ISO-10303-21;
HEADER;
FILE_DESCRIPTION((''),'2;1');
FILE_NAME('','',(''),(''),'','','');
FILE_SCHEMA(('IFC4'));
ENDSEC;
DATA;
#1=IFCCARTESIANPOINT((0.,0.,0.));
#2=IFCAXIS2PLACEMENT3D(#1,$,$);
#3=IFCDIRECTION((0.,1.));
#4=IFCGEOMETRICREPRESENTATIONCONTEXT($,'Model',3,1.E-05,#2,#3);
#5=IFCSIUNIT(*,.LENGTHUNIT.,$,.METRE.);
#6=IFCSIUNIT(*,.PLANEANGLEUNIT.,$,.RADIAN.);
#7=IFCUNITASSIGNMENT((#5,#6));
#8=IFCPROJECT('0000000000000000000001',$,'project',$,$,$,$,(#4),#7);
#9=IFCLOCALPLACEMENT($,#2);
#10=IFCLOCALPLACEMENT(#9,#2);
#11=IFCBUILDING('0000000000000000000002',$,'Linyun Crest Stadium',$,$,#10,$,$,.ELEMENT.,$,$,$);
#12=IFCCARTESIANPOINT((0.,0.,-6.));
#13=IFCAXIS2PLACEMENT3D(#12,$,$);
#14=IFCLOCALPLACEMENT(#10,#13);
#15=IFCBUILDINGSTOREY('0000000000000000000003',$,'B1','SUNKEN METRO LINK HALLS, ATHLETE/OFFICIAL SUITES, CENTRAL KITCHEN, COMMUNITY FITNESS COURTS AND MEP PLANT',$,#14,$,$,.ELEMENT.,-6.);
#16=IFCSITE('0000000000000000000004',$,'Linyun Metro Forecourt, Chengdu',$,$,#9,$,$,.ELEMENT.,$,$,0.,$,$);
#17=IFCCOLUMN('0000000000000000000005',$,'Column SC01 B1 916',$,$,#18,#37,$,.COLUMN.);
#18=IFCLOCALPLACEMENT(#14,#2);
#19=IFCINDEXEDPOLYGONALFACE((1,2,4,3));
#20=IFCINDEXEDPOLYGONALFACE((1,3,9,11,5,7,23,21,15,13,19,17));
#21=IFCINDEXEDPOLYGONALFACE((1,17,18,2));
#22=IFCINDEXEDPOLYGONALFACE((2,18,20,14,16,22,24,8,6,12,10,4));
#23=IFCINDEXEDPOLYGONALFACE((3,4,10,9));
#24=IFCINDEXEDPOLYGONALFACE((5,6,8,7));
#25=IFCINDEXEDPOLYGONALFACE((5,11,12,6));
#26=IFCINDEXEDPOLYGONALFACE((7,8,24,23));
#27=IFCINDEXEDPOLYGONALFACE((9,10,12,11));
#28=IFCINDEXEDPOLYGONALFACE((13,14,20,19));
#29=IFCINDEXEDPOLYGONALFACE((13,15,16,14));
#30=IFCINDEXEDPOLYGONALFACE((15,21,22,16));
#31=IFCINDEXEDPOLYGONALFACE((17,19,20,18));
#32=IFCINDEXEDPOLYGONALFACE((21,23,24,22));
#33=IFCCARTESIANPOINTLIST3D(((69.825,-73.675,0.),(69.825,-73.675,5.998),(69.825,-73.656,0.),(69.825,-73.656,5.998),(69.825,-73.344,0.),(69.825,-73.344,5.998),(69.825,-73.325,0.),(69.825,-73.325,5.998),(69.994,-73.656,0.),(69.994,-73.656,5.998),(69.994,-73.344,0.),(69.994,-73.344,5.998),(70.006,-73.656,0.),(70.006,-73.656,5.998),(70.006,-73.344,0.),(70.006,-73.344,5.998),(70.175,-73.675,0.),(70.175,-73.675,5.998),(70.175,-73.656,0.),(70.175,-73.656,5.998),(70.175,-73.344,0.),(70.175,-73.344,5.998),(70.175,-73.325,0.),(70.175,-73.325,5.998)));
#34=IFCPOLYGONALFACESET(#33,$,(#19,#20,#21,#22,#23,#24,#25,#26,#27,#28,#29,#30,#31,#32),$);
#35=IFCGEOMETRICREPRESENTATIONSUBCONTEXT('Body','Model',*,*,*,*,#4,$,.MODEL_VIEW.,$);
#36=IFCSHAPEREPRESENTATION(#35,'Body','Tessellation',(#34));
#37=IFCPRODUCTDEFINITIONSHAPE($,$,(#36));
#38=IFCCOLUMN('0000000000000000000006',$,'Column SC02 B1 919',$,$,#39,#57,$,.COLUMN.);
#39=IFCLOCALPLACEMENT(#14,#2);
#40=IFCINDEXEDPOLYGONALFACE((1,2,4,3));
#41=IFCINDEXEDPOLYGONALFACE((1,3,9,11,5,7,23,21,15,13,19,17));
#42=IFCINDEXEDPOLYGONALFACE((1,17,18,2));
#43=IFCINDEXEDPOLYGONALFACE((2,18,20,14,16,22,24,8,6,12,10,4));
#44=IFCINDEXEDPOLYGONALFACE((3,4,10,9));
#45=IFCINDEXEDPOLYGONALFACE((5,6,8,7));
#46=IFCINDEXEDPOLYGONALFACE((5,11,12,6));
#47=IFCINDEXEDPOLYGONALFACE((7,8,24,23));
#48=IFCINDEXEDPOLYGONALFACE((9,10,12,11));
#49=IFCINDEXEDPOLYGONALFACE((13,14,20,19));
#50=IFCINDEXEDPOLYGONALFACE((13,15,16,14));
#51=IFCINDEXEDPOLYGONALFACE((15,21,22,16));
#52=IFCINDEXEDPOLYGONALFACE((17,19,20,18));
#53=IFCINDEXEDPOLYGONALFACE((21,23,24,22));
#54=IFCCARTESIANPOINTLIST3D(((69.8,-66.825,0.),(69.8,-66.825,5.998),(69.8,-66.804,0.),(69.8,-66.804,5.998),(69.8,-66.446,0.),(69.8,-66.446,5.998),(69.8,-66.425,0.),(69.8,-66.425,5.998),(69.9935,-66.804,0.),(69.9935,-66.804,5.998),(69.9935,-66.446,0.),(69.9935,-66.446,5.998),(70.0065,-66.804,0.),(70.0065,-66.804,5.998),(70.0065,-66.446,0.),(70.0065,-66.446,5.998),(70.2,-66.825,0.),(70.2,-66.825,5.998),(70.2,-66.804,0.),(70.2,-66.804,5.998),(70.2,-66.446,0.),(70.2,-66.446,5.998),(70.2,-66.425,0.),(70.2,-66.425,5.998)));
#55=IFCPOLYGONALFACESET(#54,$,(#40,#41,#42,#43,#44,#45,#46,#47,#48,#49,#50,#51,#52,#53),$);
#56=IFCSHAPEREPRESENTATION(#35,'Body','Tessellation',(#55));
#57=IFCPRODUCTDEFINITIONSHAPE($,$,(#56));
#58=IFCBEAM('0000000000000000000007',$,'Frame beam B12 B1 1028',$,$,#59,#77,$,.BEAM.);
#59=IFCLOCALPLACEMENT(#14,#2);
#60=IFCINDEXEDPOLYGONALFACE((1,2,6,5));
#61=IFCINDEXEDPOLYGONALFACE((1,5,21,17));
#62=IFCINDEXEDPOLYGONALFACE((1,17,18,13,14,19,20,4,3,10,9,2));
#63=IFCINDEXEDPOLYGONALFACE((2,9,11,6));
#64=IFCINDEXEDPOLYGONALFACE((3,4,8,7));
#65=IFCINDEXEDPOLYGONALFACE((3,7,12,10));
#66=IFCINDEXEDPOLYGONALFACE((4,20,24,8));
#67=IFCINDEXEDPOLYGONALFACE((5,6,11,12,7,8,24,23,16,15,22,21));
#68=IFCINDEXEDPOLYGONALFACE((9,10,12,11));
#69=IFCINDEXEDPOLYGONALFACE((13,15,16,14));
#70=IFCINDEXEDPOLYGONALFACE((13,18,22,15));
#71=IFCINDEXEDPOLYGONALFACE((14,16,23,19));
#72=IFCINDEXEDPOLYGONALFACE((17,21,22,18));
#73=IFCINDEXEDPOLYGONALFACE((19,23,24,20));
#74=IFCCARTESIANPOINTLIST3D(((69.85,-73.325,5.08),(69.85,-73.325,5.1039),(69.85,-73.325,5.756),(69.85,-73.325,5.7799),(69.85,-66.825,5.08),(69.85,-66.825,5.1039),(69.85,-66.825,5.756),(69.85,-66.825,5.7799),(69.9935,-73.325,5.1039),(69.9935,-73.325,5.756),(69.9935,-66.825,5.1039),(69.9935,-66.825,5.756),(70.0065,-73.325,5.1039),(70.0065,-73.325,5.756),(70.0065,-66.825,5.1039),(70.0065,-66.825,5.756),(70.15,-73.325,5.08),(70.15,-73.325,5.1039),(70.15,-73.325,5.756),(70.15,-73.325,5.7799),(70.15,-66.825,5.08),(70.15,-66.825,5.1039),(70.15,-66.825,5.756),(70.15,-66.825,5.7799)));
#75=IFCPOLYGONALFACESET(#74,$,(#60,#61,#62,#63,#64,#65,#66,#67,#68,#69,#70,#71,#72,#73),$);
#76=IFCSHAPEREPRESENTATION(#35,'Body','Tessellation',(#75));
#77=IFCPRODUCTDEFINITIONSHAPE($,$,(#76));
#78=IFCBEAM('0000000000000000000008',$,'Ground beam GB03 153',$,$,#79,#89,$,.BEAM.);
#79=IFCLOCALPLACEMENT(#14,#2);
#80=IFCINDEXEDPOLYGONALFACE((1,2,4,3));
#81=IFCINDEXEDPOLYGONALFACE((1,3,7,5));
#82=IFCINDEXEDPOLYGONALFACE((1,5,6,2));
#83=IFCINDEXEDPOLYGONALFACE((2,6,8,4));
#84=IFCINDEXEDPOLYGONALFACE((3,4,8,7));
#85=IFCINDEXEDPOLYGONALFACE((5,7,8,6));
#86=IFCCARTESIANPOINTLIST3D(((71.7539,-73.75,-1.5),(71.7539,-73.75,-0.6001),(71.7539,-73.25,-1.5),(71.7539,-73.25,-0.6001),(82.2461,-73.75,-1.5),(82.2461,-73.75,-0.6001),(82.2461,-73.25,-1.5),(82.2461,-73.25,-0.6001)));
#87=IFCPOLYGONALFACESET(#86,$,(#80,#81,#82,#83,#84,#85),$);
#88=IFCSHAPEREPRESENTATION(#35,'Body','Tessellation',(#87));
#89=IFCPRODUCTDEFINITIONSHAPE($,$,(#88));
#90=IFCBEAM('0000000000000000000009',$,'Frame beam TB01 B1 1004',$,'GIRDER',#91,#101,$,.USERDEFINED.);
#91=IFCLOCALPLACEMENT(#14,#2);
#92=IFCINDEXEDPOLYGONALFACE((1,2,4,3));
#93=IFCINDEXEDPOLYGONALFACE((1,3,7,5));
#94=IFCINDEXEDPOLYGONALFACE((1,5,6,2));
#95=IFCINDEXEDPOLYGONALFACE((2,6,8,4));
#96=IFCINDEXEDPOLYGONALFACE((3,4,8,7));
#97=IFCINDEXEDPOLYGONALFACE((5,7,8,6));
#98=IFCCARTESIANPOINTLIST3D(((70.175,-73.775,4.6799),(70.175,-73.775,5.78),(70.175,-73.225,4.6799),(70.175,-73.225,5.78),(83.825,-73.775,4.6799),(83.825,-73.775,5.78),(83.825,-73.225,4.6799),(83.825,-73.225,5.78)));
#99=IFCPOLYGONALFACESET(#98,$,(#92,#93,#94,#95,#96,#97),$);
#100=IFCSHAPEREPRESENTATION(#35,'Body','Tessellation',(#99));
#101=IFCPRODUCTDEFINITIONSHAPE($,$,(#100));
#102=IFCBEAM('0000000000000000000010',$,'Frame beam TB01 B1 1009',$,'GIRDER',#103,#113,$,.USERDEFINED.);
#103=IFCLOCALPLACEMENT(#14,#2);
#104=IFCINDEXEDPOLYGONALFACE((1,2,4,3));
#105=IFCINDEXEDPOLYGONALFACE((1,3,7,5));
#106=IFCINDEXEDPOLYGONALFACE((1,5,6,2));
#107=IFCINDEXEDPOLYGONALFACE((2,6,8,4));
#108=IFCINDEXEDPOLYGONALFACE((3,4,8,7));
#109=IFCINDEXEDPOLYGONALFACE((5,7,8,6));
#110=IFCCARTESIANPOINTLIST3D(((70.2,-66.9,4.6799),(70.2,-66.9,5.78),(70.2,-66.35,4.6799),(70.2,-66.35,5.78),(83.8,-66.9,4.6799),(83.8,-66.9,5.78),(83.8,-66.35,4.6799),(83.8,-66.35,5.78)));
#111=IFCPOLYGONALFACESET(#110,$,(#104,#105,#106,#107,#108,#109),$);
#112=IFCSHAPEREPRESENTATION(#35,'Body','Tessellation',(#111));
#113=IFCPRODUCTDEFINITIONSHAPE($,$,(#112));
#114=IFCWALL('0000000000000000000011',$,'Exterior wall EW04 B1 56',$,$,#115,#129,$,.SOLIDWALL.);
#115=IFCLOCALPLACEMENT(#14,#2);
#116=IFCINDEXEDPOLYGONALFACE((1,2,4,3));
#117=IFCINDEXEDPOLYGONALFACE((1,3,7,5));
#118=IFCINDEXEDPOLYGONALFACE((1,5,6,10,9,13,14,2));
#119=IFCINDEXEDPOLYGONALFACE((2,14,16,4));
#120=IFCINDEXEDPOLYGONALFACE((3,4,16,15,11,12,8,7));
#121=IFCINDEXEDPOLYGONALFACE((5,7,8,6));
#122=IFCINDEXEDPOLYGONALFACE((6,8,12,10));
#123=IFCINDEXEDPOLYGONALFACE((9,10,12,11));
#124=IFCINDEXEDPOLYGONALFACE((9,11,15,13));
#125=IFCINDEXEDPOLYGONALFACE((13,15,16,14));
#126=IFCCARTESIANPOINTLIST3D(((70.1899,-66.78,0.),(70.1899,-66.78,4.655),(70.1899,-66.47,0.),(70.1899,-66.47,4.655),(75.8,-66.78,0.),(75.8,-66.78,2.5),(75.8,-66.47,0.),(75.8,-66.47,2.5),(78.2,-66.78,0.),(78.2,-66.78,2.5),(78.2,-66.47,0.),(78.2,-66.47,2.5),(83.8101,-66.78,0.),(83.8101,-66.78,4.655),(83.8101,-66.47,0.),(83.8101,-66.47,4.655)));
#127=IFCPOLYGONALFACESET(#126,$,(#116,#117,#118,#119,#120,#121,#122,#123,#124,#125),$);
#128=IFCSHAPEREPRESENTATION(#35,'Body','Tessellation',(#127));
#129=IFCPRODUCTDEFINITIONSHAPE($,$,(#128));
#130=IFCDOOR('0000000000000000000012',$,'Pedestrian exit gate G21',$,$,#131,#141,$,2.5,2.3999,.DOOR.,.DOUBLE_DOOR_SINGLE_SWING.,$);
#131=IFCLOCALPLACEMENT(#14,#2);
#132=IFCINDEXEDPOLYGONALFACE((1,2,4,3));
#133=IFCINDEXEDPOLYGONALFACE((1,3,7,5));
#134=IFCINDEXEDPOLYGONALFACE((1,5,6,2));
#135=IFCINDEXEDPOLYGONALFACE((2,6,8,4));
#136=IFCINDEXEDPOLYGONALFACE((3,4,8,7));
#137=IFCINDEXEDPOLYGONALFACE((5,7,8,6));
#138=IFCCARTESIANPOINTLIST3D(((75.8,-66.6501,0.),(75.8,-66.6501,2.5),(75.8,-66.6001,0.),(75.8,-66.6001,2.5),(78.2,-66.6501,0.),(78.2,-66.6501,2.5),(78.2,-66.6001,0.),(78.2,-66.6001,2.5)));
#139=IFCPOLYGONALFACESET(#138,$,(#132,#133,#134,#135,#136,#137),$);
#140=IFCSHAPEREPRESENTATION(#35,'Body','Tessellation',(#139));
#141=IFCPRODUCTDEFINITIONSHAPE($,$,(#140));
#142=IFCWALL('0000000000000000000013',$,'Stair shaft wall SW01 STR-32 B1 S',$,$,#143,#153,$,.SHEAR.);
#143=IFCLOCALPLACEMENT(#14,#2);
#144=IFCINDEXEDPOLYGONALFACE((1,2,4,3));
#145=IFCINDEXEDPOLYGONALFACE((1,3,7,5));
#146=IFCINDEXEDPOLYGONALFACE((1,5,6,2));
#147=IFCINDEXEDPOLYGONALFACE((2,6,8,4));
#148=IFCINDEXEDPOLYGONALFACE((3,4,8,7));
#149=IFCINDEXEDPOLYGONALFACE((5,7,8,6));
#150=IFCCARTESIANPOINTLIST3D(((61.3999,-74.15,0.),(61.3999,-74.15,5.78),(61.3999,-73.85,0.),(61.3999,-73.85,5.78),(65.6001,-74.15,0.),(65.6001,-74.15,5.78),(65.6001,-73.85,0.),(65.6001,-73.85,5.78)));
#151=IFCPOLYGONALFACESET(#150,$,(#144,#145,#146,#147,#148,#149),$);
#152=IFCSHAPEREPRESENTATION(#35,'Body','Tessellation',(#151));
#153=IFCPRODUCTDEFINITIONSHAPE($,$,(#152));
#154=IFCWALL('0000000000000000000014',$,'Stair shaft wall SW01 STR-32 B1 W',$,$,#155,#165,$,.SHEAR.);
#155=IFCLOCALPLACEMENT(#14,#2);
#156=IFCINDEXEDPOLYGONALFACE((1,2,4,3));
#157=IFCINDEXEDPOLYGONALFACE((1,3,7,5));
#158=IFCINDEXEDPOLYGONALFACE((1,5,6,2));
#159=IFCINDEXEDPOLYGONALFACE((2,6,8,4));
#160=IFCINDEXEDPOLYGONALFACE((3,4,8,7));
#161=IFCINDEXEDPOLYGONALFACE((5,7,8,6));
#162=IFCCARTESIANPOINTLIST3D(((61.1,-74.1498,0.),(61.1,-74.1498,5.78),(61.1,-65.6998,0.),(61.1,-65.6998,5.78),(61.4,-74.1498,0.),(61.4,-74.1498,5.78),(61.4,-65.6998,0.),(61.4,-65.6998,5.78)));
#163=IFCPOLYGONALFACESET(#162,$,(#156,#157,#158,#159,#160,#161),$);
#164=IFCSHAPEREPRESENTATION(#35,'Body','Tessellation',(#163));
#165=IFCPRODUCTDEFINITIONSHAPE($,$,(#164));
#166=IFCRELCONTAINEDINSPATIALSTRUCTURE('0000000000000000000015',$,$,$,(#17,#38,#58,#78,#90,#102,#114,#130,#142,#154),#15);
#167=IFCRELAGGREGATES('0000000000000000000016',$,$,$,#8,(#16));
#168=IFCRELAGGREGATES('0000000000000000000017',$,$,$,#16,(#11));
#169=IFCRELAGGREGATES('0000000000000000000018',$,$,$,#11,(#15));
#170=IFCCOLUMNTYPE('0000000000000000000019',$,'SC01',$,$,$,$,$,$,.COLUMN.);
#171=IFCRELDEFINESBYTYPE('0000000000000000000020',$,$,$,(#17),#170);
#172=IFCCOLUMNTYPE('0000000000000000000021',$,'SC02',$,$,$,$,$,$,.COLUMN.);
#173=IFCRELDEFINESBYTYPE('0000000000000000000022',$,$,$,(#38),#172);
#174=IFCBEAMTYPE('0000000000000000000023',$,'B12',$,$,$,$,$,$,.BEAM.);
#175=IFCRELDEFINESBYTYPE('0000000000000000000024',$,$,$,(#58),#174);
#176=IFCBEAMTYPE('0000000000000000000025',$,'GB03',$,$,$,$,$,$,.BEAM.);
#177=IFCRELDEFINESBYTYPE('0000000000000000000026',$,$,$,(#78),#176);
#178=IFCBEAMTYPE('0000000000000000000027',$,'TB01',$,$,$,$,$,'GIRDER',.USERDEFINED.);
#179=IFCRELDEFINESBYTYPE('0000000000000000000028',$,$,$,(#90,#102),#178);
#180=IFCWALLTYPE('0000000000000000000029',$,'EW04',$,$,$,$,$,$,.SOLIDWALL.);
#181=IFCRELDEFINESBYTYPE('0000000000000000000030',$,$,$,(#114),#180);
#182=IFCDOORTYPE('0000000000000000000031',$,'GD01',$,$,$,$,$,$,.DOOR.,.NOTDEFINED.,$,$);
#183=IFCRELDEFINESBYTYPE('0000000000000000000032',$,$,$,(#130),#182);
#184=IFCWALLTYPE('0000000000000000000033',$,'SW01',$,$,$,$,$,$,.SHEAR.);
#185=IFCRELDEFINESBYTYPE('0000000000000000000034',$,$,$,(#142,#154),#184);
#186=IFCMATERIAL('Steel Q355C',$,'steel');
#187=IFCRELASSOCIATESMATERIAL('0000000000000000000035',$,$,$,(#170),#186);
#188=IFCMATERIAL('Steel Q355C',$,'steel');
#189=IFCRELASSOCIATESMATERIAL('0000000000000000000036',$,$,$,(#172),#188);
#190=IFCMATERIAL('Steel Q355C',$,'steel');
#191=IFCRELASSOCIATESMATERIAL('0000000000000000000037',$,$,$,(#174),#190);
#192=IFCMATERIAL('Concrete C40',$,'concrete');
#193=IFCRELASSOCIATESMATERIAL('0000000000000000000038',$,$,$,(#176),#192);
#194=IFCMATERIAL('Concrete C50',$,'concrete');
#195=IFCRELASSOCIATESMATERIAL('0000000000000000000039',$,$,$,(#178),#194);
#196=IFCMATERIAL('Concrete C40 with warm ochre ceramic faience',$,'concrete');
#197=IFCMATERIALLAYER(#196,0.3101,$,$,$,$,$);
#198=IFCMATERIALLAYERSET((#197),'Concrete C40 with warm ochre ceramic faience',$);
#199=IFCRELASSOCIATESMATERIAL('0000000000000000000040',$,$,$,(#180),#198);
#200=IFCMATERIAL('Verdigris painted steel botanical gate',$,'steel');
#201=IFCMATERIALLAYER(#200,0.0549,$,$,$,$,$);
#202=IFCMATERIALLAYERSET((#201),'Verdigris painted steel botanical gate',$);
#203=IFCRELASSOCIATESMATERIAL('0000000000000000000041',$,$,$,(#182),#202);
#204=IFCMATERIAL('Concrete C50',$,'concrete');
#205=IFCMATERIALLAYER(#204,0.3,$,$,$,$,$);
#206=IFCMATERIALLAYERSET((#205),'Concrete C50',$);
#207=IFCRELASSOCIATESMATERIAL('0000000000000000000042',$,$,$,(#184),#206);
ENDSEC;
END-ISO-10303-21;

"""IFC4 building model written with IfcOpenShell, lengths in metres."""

from ifc_helpers import new_model, si_unit, direction, frame, frame_2d, origin, origin_2d, place, context, subcontext, project, spatial, rectangle, i_section, extrude, material, layer, layer_set, material_profile, profile_set, type_object, element, fill, save


model = new_model("IFC4")

# Units and contexts
model_context = context("Model", 3, precision=1e-05, world=origin(), true_north=direction((0.0, 1.0)))
body_context = subcontext(model_context, "Body", "Model", "MODEL_VIEW")
ifc_project = project(units=[si_unit("LENGTHUNIT", "METRE"), si_unit("PLANEANGLEUNIT", "RADIAN")], contexts=[model_context])

# Site, building, storey
site_placement = place(None, origin())
site = spatial("IfcSite", under=ifc_project, at=site_placement, Name="Linyun Metro Forecourt, Chengdu", CompositionType="ELEMENT", RefElevation=0.0)
building_placement = place(site_placement, origin())
building = spatial("IfcBuilding", under=site, at=building_placement, Name="Linyun Crest Stadium", CompositionType="ELEMENT")
storey_placement = place(building_placement, frame((0.0, 0.0, -6.0)))
storey = spatial("IfcBuildingStorey", under=building, at=storey_placement, Name="B1", Description="SUNKEN METRO LINK HALLS, ATHLETE/OFFICIAL SUITES, CENTRAL KITCHEN, COMMUNITY FITNESS COURTS AND MEP PLANT", CompositionType="ELEMENT", Elevation=-6.0)

# Columns
ifc_material_1 = material(Name="Steel Q355C", Category="steel")
ifc_material_profile_1 = material_profile(ifc_material_1, i_section(OverallWidth=0.3501, OverallDepth=0.3501, WebThickness=0.012, FlangeThickness=0.019, at=origin_2d()), Name="HW 350x350")
ifc_profile_set_1 = profile_set([ifc_material_profile_1], Name="Steel Q355C")
column_type_1 = type_object("IfcColumnType", Name="SC01", PredefinedType="COLUMN", material=ifc_profile_set_1)
column_1_placement = place(storey_placement, frame((70.0, -73.5, 0.0), z_axis=(0.0, 0.0, 1.0), x_axis=(1.0, 0.0, 0.0)))
element("IfcColumn", 1, at=column_1_placement, inside=storey, type_object=column_type_1, Name="Column SC01 B1 916", PredefinedType="COLUMN", context=body_context, shape_type="SweptSolid", body=[
    extrude(i_section(OverallWidth=0.3501, OverallDepth=0.3501, WebThickness=0.012, FlangeThickness=0.019, at=origin_2d()), origin(), (0.0, 0.0, 1.0), 5.998),
])
ifc_material_2 = material(Name="Steel Q355C", Category="steel")
ifc_material_profile_2 = material_profile(ifc_material_2, i_section(OverallWidth=0.3999, OverallDepth=0.3999, WebThickness=0.0129, FlangeThickness=0.021, at=origin_2d()), Name="HW 400x400")
ifc_profile_set_2 = profile_set([ifc_material_profile_2], Name="Steel Q355C")
column_type_2 = type_object("IfcColumnType", Name="SC02", PredefinedType="COLUMN", material=ifc_profile_set_2)
column_2_placement = place(storey_placement, frame((70.0, -66.625, 0.0), z_axis=(0.0, 0.0, 1.0), x_axis=(1.0, 0.0, 0.0)))
element("IfcColumn", 2, at=column_2_placement, inside=storey, type_object=column_type_2, Name="Column SC02 B1 919", PredefinedType="COLUMN", context=body_context, shape_type="SweptSolid", body=[
    extrude(i_section(OverallWidth=0.3999, OverallDepth=0.3999, WebThickness=0.0129, FlangeThickness=0.021, at=origin_2d()), origin(), (0.0, 0.0, 1.0), 5.998),
])

# Beams
ifc_material_3 = material(Name="Steel Q355C", Category="steel")
ifc_material_profile_3 = material_profile(ifc_material_3, i_section(OverallWidth=0.3, OverallDepth=0.7, WebThickness=0.0129, FlangeThickness=0.0239, at=origin_2d()), Name="HN 700x300")
ifc_profile_set_3 = profile_set([ifc_material_profile_3], Name="Steel Q355C")
beam_type_1 = type_object("IfcBeamType", Name="B12", PredefinedType="BEAM", material=ifc_profile_set_3)
beam_1_placement = place(storey_placement, frame((70.0, -73.325, 5.4299), z_axis=(0.0, 1.0, 0.0), x_axis=(-1.0, 0.0, 0.0)))
element("IfcBeam", 3, at=beam_1_placement, inside=storey, type_object=beam_type_1, Name="Frame beam B12 B1 1028", PredefinedType="BEAM", context=body_context, shape_type="SweptSolid", body=[
    extrude(i_section(OverallWidth=0.3, OverallDepth=0.7, WebThickness=0.0129, FlangeThickness=0.0239, at=origin_2d()), origin(), (0.0, 0.0, 1.0), 6.5),
])
ifc_material_4 = material(Name="Concrete C40", Category="concrete")
ifc_material_profile_4 = material_profile(ifc_material_4, rectangle(XDim=0.5, YDim=0.8999, at=origin_2d()), Name="RCB 900x500")
ifc_profile_set_4 = profile_set([ifc_material_profile_4], Name="Concrete C40")
beam_type_2 = type_object("IfcBeamType", Name="GB03", PredefinedType="BEAM", material=ifc_profile_set_4)
beam_2_placement = place(storey_placement, frame((71.7539, -73.5, -1.05), z_axis=(1.0, 0.0, 0.0), x_axis=(0.0, 1.0, 0.0)))
element("IfcBeam", 4, at=beam_2_placement, inside=storey, type_object=beam_type_2, Name="Ground beam GB03 153", PredefinedType="BEAM", context=body_context, shape_type="SweptSolid", body=[
    extrude(rectangle(XDim=0.5, YDim=0.8999, at=origin_2d()), origin(), (0.0, 0.0, 1.0), 10.4922),
])
ifc_material_5 = material(Name="Concrete C50", Category="concrete")
ifc_material_profile_5 = material_profile(ifc_material_5, rectangle(XDim=0.55, YDim=1.1001, at=origin_2d()), Name="RCB 1100x550")
ifc_profile_set_5 = profile_set([ifc_material_profile_5], Name="Concrete C50")
beam_type_3 = type_object("IfcBeamType", Name="TB01", ElementType="GIRDER", PredefinedType="USERDEFINED", material=ifc_profile_set_5)
beam_3_placement = place(storey_placement, frame((70.175, -73.5, 5.23), z_axis=(1.0, 0.0, 0.0), x_axis=(0.0, 1.0, 0.0)))
element("IfcBeam", 5, at=beam_3_placement, inside=storey, type_object=beam_type_3, Name="Frame beam TB01 B1 1004", ObjectType="GIRDER", PredefinedType="USERDEFINED", context=body_context, shape_type="SweptSolid", body=[
    extrude(rectangle(XDim=0.55, YDim=1.1001, at=origin_2d()), origin(), (0.0, 0.0, 1.0), 13.6499),
])
beam_4_placement = place(storey_placement, frame((70.2, -66.625, 5.23), z_axis=(1.0, 0.0, 0.0), x_axis=(0.0, 1.0, 0.0)))
element("IfcBeam", 6, at=beam_4_placement, inside=storey, type_object=beam_type_3, Name="Frame beam TB01 B1 1009", ObjectType="GIRDER", PredefinedType="USERDEFINED", context=body_context, shape_type="SweptSolid", body=[
    extrude(rectangle(XDim=0.55, YDim=1.1001, at=origin_2d()), origin(), (0.0, 0.0, 1.0), 13.6001),
])

# Wall, opening, door
ifc_material_6 = material(Name="Concrete C40 with warm ochre ceramic faience", Category="concrete")
ifc_layer_1 = layer(ifc_material_6, 0.3101)
ifc_layer_set_1 = layer_set([ifc_layer_1], Name="Concrete C40 with warm ochre ceramic faience")
wall_type_1 = type_object("IfcWallType", Name="EW04", PredefinedType="SOLIDWALL", material=ifc_layer_set_1)
wall_1_placement = place(storey_placement, frame((70.1899, -66.625, 0.0), z_axis=(0.0, 0.0, 1.0), x_axis=(1.0, 0.0, 0.0)))
wall_1 = element("IfcWall", 7, at=wall_1_placement, inside=storey, type_object=wall_type_1, Name="Exterior wall EW04 B1 56", PredefinedType="SOLIDWALL", context=body_context, shape_type="SweptSolid", body=[
    extrude(rectangle(XDim=13.6201, YDim=0.3101, at=frame_2d((6.8101, 0.0))), origin(), (0.0, 0.0, 1.0), 4.655),
])
opening_placement = place(wall_1_placement, frame((5.6101, 0.0, 0.0)))
opening = element("IfcOpeningElement", 8, at=opening_placement, cuts=wall_1, PredefinedType="OPENING", context=body_context, shape_type="SweptSolid", body=[
    extrude(rectangle(XDim=2.3999, YDim=2.5, at=frame_2d((1.2, 1.25))), frame((0.0, 0.165, 0.0), z_axis=(0.0, -1.0, 0.0), x_axis=(1.0, 0.0, 0.0)), (0.0, 0.0, 1.0), 0.3301),
])
ifc_material_7 = material(Name="Verdigris painted steel botanical gate", Category="steel")
ifc_layer_2 = layer(ifc_material_7, 0.0549)
ifc_layer_set_2 = layer_set([ifc_layer_2], Name="Verdigris painted steel botanical gate")
door_type = type_object("IfcDoorType", Name="GD01", OperationType="NOTDEFINED", PredefinedType="DOOR", material=ifc_layer_set_2)
door_placement = place(opening_placement, origin())
door = element("IfcDoor", 9, at=door_placement, inside=storey, type_object=door_type, Name="Pedestrian exit gate G21", OperationType="DOUBLE_DOOR_SINGLE_SWING", OverallHeight=2.5, OverallWidth=2.3999, PredefinedType="DOOR", context=body_context, shape_type="SweptSolid", body=[
    extrude(rectangle(XDim=2.3999, YDim=2.5, at=frame_2d((1.2, 1.25))), frame((0.0, 0.0249, 0.0), z_axis=(0.0, -1.0, 0.0), x_axis=(1.0, 0.0, 0.0)), (0.0, 0.0, 1.0), 0.05),
])
fill(opening, door)

# Walls
ifc_material_8 = material(Name="Concrete C50", Category="concrete")
ifc_layer_3 = layer(ifc_material_8, 0.3)
ifc_layer_set_3 = layer_set([ifc_layer_3], Name="Concrete C50")
wall_type_2 = type_object("IfcWallType", Name="SW01", PredefinedType="SHEAR", material=ifc_layer_set_3)
wall_2_placement = place(storey_placement, frame((61.3999, -74.0, 0.0), z_axis=(0.0, 0.0, 1.0), x_axis=(1.0, 0.0, 0.0)))
element("IfcWall", 10, at=wall_2_placement, inside=storey, type_object=wall_type_2, Name="Stair shaft wall SW01 STR-32 B1 S", PredefinedType="SHEAR", context=body_context, shape_type="SweptSolid", body=[
    extrude(rectangle(XDim=4.2002, YDim=0.3, at=frame_2d((2.1001, 0.0))), origin(), (0.0, 0.0, 1.0), 5.78),
])
for number, where, z_axis, x_axis, name in (
    (11, (61.25, -74.1499, 0.0), (0.0, 0.0, 1.0), (0.0, 1.0, 0.0), "Stair shaft wall SW01 STR-32 B1 W"),
):
    element("IfcWall", number, at=place(storey_placement, frame(where, z_axis=z_axis, x_axis=x_axis)), inside=storey, type_object=wall_type_2, Name=name, PredefinedType="SHEAR", context=body_context, shape_type="SweptSolid", body=[
        extrude(rectangle(XDim=8.45, YDim=0.3, at=frame_2d((4.2251, 0.0))), origin(), (0.0, 0.0, 1.0), 5.78),
    ])

save(model, "model.ifc")
